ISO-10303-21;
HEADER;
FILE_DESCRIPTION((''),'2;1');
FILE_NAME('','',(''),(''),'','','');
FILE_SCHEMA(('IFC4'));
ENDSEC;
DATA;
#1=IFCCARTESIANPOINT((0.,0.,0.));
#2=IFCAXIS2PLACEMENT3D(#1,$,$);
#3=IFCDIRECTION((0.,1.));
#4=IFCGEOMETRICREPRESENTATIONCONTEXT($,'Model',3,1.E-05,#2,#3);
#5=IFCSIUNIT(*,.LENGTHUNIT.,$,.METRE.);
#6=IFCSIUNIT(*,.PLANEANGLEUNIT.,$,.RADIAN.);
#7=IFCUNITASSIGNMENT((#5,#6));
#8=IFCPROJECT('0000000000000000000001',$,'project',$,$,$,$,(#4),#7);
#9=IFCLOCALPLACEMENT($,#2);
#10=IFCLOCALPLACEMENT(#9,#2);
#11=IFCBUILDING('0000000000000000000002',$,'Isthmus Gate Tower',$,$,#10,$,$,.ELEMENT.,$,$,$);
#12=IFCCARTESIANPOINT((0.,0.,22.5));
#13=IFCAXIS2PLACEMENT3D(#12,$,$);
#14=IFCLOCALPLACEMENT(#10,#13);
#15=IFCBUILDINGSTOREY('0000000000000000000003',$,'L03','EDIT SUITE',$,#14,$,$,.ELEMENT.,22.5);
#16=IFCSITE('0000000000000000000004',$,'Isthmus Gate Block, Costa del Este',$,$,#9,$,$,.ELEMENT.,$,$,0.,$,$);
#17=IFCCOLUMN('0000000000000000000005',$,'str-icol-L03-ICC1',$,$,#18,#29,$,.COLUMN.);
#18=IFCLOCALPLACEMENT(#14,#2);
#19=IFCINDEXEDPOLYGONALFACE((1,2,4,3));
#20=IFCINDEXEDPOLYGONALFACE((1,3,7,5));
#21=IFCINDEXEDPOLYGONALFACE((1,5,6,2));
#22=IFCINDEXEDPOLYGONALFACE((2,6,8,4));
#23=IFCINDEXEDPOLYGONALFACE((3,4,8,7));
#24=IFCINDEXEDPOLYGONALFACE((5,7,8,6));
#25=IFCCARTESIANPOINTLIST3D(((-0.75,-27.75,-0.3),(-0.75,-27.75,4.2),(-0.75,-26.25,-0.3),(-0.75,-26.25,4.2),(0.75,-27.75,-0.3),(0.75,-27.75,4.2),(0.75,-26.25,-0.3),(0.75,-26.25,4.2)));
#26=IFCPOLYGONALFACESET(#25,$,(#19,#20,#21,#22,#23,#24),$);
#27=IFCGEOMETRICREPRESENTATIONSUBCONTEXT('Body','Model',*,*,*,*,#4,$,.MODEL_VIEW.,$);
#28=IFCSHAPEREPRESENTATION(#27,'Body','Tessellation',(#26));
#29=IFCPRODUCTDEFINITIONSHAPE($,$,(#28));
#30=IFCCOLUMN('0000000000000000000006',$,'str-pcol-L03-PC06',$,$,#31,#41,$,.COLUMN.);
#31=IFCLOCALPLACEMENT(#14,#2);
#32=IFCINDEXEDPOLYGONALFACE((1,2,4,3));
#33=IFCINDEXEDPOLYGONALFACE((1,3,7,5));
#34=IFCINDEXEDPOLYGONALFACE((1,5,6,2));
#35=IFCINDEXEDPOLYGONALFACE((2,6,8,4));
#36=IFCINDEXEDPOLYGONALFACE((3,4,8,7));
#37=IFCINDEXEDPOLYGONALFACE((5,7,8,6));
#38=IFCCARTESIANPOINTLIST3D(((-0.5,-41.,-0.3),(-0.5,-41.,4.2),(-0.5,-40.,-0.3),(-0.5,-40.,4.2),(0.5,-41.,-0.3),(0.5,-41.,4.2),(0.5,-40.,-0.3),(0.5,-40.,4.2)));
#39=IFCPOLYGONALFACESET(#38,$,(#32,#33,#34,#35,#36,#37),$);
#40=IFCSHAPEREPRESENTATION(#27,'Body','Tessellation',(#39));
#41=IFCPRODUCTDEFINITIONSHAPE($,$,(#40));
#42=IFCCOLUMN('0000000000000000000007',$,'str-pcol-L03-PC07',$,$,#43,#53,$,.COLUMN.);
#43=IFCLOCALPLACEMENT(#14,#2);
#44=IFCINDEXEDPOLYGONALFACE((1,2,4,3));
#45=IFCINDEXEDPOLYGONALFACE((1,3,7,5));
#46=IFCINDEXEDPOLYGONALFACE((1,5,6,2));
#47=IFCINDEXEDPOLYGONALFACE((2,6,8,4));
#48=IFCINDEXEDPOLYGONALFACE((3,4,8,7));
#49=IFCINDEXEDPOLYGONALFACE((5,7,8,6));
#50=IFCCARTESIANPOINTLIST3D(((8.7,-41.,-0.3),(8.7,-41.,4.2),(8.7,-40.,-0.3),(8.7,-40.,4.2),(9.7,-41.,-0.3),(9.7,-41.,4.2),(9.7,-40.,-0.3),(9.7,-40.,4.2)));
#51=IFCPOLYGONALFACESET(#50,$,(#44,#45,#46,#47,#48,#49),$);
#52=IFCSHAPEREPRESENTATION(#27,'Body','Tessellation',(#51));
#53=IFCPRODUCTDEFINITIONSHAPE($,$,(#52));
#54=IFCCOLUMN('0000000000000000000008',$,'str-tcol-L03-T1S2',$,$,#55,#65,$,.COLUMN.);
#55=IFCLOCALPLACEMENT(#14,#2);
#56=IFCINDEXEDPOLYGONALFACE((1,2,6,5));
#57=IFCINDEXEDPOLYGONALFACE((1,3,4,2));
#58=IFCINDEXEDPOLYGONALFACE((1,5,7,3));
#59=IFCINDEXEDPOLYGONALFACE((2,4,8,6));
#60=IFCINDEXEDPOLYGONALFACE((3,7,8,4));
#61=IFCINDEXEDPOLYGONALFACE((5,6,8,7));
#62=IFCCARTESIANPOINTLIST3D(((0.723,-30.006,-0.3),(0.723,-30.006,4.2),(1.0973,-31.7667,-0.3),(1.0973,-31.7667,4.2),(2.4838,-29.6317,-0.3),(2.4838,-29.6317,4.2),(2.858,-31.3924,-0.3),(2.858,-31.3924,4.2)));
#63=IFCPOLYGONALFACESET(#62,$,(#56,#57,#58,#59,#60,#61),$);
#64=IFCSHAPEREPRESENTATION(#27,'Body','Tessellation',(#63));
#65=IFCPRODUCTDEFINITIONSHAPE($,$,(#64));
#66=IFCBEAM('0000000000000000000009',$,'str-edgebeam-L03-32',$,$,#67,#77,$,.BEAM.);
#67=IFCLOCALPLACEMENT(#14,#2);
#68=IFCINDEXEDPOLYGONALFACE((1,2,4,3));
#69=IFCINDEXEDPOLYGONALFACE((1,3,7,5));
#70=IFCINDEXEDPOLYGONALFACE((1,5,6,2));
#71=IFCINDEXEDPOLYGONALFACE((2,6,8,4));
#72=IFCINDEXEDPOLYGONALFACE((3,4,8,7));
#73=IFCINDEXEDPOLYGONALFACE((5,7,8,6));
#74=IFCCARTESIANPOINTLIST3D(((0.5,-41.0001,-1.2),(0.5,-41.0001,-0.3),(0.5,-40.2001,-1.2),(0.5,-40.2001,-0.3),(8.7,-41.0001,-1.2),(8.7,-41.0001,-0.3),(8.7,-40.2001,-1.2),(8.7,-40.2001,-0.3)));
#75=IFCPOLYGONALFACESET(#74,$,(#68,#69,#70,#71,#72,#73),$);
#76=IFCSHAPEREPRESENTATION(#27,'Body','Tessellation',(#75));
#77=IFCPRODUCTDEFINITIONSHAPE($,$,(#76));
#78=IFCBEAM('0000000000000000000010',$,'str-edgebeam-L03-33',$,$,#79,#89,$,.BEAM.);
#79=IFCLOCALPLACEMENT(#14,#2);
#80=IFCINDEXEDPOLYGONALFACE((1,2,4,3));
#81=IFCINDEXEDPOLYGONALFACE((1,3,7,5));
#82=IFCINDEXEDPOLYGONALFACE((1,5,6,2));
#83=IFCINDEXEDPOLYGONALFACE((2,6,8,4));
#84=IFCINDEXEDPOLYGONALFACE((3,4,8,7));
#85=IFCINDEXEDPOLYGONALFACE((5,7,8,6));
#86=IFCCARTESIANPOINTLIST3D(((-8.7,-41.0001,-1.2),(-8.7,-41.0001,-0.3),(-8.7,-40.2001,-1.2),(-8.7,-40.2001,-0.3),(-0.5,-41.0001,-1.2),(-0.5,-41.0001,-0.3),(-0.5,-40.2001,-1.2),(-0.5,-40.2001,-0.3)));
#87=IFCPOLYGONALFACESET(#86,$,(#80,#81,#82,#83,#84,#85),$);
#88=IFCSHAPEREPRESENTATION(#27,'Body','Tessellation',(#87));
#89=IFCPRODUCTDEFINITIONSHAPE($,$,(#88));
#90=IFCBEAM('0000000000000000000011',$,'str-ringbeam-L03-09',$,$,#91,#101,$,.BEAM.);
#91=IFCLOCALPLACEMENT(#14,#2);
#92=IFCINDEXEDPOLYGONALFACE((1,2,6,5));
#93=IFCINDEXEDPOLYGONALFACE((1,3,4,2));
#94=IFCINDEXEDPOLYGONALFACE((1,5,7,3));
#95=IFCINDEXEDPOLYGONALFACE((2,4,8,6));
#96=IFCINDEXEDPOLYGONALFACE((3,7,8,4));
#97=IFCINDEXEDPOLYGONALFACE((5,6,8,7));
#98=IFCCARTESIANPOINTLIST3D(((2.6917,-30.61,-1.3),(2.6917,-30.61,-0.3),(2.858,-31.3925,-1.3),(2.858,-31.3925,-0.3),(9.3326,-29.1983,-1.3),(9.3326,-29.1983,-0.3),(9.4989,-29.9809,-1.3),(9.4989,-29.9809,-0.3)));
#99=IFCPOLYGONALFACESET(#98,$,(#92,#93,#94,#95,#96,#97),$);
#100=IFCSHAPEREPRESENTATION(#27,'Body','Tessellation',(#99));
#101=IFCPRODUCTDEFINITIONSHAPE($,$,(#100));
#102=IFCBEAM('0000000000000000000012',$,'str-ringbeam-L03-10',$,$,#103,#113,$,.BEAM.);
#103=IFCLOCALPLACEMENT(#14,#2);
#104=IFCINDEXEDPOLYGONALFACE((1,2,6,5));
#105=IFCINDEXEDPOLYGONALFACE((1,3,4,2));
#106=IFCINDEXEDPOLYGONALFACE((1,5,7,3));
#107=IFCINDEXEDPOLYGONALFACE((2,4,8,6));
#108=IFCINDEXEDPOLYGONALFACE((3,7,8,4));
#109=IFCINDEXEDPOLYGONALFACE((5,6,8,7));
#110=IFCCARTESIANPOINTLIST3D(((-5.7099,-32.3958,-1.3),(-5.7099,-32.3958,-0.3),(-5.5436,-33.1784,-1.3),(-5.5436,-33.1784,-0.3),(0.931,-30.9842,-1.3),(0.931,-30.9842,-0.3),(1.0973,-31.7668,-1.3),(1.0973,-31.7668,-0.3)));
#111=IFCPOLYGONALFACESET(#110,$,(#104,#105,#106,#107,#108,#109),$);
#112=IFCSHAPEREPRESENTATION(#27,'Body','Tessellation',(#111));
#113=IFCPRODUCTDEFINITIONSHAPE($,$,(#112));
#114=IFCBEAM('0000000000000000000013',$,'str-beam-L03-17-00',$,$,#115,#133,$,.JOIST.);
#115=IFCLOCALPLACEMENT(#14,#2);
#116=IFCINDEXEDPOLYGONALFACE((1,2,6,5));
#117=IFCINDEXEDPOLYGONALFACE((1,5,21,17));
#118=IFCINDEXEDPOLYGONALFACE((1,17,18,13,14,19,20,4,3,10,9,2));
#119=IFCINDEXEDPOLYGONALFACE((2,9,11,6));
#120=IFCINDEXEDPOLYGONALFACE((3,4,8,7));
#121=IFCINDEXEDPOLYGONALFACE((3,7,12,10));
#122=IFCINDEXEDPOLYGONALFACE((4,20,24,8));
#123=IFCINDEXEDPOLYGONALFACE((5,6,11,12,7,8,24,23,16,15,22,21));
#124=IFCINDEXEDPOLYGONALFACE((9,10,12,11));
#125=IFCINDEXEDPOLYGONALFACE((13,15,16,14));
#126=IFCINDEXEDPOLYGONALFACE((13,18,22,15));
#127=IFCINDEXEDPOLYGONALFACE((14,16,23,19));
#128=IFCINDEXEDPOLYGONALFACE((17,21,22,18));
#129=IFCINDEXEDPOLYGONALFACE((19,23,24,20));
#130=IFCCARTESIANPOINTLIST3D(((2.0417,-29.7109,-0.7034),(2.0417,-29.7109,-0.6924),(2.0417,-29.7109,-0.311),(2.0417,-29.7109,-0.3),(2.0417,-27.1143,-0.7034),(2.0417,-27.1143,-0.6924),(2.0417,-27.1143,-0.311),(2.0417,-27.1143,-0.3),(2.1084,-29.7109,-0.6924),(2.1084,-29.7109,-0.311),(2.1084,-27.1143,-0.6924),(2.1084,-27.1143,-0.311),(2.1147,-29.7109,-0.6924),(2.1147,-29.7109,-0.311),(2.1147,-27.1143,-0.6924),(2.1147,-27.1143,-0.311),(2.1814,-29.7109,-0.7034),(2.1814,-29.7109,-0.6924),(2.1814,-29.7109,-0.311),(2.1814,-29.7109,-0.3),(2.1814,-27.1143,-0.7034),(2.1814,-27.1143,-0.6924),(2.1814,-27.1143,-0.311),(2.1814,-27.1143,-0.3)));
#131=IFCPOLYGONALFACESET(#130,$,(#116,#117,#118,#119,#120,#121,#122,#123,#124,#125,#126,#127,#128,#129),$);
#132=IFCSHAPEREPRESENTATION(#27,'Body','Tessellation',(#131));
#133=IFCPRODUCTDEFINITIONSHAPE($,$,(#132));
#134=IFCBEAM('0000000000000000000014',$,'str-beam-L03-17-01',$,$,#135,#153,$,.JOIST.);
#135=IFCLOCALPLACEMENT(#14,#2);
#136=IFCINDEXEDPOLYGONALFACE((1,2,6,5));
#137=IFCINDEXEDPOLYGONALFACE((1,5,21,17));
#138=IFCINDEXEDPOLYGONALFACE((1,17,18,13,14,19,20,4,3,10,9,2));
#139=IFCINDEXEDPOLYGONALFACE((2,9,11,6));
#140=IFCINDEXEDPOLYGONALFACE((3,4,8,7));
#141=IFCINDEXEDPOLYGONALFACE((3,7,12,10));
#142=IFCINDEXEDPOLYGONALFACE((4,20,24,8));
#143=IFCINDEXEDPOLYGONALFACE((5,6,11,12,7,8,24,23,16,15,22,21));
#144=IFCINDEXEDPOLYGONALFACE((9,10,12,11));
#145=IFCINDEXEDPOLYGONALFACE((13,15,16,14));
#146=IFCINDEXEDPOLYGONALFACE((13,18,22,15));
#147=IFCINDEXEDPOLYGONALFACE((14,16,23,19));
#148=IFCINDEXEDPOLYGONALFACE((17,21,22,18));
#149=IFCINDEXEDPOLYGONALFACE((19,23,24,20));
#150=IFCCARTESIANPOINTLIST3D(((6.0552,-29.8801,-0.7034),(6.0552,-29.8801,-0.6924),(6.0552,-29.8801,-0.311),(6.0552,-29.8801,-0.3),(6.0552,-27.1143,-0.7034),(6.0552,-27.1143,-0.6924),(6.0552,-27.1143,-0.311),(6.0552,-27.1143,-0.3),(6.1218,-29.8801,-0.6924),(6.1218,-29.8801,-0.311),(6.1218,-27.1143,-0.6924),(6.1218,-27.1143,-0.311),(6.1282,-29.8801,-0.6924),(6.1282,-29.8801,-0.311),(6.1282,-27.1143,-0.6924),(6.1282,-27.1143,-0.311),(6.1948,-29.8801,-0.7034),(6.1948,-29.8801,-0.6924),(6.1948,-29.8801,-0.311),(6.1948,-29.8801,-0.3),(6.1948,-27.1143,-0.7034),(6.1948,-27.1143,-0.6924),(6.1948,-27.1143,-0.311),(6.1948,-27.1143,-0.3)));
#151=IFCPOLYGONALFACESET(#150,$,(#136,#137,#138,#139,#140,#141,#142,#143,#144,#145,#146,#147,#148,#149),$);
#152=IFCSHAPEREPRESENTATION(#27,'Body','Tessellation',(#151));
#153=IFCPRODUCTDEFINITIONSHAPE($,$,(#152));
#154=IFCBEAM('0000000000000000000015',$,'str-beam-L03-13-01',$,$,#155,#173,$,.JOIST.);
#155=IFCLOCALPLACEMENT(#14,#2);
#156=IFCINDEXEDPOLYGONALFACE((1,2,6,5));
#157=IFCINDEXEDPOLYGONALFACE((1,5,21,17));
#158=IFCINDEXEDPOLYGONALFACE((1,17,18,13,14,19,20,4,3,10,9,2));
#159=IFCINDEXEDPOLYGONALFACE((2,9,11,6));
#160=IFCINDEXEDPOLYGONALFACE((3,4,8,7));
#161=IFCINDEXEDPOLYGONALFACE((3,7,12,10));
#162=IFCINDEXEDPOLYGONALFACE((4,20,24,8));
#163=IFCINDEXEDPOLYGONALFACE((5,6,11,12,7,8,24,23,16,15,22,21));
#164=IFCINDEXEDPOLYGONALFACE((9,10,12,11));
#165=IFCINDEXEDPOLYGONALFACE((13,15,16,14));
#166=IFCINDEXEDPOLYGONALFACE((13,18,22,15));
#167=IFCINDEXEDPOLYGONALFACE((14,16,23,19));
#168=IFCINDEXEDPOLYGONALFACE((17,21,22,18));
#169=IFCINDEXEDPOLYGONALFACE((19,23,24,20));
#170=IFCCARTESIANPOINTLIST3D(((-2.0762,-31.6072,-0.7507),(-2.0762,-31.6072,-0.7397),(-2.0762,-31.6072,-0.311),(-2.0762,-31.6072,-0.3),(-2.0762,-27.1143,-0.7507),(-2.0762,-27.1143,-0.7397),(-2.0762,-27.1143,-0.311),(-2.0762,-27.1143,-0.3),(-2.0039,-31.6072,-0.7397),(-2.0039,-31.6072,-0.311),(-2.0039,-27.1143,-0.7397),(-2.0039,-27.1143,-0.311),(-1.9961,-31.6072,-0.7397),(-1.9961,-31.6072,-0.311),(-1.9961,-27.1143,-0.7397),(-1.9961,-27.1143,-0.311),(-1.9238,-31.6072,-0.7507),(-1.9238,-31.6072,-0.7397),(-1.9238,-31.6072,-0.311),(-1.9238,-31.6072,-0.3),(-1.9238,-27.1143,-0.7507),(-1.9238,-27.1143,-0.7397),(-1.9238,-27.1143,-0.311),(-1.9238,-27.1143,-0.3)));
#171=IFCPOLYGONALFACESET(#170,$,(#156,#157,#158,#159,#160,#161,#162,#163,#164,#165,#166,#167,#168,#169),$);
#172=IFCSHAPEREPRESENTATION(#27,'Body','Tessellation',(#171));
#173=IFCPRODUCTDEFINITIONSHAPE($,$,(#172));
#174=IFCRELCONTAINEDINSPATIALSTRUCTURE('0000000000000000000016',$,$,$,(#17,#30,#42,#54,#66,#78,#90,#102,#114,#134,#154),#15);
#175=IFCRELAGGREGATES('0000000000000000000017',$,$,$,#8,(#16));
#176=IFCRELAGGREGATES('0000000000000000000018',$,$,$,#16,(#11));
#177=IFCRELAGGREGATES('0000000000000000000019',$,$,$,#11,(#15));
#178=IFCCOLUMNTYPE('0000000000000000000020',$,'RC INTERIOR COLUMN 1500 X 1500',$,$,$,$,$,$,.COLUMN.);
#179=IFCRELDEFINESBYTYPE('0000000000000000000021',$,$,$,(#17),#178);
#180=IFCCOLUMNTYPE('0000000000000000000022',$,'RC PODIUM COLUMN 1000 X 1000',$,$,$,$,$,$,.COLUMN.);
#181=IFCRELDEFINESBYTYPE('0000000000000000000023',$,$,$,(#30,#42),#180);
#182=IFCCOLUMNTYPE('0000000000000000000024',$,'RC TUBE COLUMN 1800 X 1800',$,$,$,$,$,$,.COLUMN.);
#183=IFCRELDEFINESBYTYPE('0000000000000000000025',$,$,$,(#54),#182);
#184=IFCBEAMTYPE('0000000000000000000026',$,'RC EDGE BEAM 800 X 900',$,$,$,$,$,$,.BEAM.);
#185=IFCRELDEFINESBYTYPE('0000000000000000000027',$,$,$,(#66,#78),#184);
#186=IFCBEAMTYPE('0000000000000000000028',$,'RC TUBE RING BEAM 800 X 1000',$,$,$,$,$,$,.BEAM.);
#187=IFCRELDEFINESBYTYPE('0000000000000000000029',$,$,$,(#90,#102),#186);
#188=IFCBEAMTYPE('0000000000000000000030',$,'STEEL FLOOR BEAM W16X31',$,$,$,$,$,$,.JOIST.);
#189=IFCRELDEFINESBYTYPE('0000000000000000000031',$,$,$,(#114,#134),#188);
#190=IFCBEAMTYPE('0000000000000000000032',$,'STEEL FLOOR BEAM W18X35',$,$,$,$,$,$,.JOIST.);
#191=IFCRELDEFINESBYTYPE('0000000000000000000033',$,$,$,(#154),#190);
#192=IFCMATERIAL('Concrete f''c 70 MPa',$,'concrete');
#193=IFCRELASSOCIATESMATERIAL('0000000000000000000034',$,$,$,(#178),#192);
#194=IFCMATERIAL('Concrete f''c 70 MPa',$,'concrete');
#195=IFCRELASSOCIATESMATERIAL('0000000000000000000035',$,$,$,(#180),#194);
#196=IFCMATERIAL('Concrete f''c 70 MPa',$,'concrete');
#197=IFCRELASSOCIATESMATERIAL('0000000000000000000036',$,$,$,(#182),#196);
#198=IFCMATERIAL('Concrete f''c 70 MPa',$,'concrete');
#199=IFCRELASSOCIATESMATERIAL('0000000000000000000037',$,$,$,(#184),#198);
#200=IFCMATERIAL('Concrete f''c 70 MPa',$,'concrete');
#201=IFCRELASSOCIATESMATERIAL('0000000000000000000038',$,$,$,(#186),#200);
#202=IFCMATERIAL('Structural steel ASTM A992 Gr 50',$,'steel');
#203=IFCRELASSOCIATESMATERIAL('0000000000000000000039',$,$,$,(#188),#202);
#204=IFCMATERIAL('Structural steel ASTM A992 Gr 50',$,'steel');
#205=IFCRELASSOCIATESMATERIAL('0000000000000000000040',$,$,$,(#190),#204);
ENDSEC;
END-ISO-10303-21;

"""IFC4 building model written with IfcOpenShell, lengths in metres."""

from ifc_helpers import new_model, si_unit, direction, frame, origin, origin_2d, place, context, subcontext, project, spatial, rectangle, i_section, extrude, material, material_profile, profile_set, type_object, element, save


model = new_model("IFC4")

# Units and contexts
model_context = context("Model", 3, precision=1e-05, world=origin(), true_north=direction((0.0, 1.0)))
body_context = subcontext(model_context, "Body", "Model", "MODEL_VIEW")
ifc_project = project(units=[si_unit("LENGTHUNIT", "METRE"), si_unit("PLANEANGLEUNIT", "RADIAN")], contexts=[model_context])

# Site, building, storey
site_placement = place(None, origin())
site = spatial("IfcSite", under=ifc_project, at=site_placement, Name="Isthmus Gate Block, Costa del Este", CompositionType="ELEMENT", RefElevation=0.0)
building_placement = place(site_placement, origin())
building = spatial("IfcBuilding", under=site, at=building_placement, Name="Isthmus Gate Tower", CompositionType="ELEMENT")
storey_placement = place(building_placement, frame((0.0, 0.0, 22.5)))
storey = spatial("IfcBuildingStorey", under=building, at=storey_placement, Name="L03", Description="EDIT SUITE", CompositionType="ELEMENT", Elevation=22.5)

# Columns
ifc_material_1 = material(Name="Concrete f'c 70 MPa", Category="concrete")
ifc_material_profile_1 = material_profile(ifc_material_1, rectangle(XDim=1.5, YDim=1.5, at=origin_2d()), Name="RC 1500X1500")
ifc_profile_set_1 = profile_set([ifc_material_profile_1], Name="Concrete f'c 70 MPa")
column_type_1 = type_object("IfcColumnType", Name="RC INTERIOR COLUMN 1500 X 1500", PredefinedType="COLUMN", material=ifc_profile_set_1)
column_1_placement = place(storey_placement, frame((0.0, -27.0, -0.3), z_axis=(0.0, 0.0, 1.0), x_axis=(1.0, 0.0, 0.0)))
element("IfcColumn", 1, at=column_1_placement, inside=storey, type_object=column_type_1, Name="str-icol-L03-ICC1", PredefinedType="COLUMN", context=body_context, shape_type="SweptSolid", body=[
    extrude(rectangle(XDim=1.5, YDim=1.5, at=origin_2d()), origin(), (0.0, 0.0, 1.0), 4.5),
])
ifc_material_2 = material(Name="Concrete f'c 70 MPa", Category="concrete")
ifc_material_profile_2 = material_profile(ifc_material_2, rectangle(XDim=1.0, YDim=1.0, at=origin_2d()), Name="RC 1000X1000")
ifc_profile_set_2 = profile_set([ifc_material_profile_2], Name="Concrete f'c 70 MPa")
column_type_2 = type_object("IfcColumnType", Name="RC PODIUM COLUMN 1000 X 1000", PredefinedType="COLUMN", material=ifc_profile_set_2)
for number, where, z_axis, x_axis, name in (
    (2, (0.0, -40.5, -0.3), (0.0, 0.0, 1.0), (1.0, 0.0, 0.0), "str-pcol-L03-PC06"),
    (3, (9.2, -40.5, -0.3), (0.0, 0.0, 1.0), (1.0, 0.0, 0.0), "str-pcol-L03-PC07"),
):
    element("IfcColumn", number, at=place(storey_placement, frame(where, z_axis=z_axis, x_axis=x_axis)), inside=storey, type_object=column_type_2, Name=name, PredefinedType="COLUMN", context=body_context, shape_type="SweptSolid", body=[
        extrude(rectangle(XDim=1.0, YDim=1.0, at=origin_2d()), origin(), (0.0, 0.0, 1.0), 4.5),
    ])
ifc_material_3 = material(Name="Concrete f'c 70 MPa", Category="concrete")
ifc_material_profile_3 = material_profile(ifc_material_3, rectangle(XDim=1.8, YDim=1.8, at=origin_2d()), Name="RC 1800X1800")
ifc_profile_set_3 = profile_set([ifc_material_profile_3], Name="Concrete f'c 70 MPa")
column_type_3 = type_object("IfcColumnType", Name="RC TUBE COLUMN 1800 X 1800", PredefinedType="COLUMN", material=ifc_profile_set_3)
column_2_placement = place(storey_placement, frame((1.7905, -30.6992, -0.3), z_axis=(0.0, 0.0, 1.0), x_axis=(0.978148, 0.207912, 0.0)))
element("IfcColumn", 4, at=column_2_placement, inside=storey, type_object=column_type_3, Name="str-tcol-L03-T1S2", PredefinedType="COLUMN", context=body_context, shape_type="SweptSolid", body=[
    extrude(rectangle(XDim=1.8, YDim=1.8, at=origin_2d()), origin(), (0.0, 0.0, 1.0), 4.5),
])

# Beams
ifc_material_4 = material(Name="Concrete f'c 70 MPa", Category="concrete")
ifc_material_profile_4 = material_profile(ifc_material_4, rectangle(XDim=0.8, YDim=0.8999, at=origin_2d()), Name="RC 800X900")
ifc_profile_set_4 = profile_set([ifc_material_profile_4], Name="Concrete f'c 70 MPa")
beam_type_1 = type_object("IfcBeamType", Name="RC EDGE BEAM 800 X 900", PredefinedType="BEAM", material=ifc_profile_set_4)
for number, where, z_axis, x_axis, name in (
    (5, (8.7, -40.6001, -0.75), (-1.0, 0.0, 0.0), (0.0, -1.0, 0.0), "str-edgebeam-L03-32"),
    (6, (-0.5, -40.6001, -0.75), (-1.0, 0.0, 0.0), (0.0, -1.0, 0.0), "str-edgebeam-L03-33"),
):
    element("IfcBeam", number, at=place(storey_placement, frame(where, z_axis=z_axis, x_axis=x_axis)), inside=storey, type_object=beam_type_1, Name=name, PredefinedType="BEAM", context=body_context, shape_type="SweptSolid", body=[
        extrude(rectangle(XDim=0.8, YDim=0.8999, at=origin_2d()), origin(), (0.0, 0.0, 1.0), 8.2),
    ])
ifc_material_5 = material(Name="Concrete f'c 70 MPa", Category="concrete")
ifc_material_profile_5 = material_profile(ifc_material_5, rectangle(XDim=0.8, YDim=1.0, at=origin_2d()), Name="RC 800X1000")
ifc_profile_set_5 = profile_set([ifc_material_profile_5], Name="Concrete f'c 70 MPa")
beam_type_2 = type_object("IfcBeamType", Name="RC TUBE RING BEAM 800 X 1000", PredefinedType="BEAM", material=ifc_profile_set_5)
for number, where, z_axis, x_axis, name in (
    (7, (9.4158, -29.5896, -0.8), (-0.978146, -0.20792, 0.0), (0.20792, -0.978146, 0.0), "str-ringbeam-L03-09"),
    (8, (1.0142, -31.3755, -0.8), (-0.978146, -0.20792, 0.0), (0.20792, -0.978146, 0.0), "str-ringbeam-L03-10"),
):
    element("IfcBeam", number, at=place(storey_placement, frame(where, z_axis=z_axis, x_axis=x_axis)), inside=storey, type_object=beam_type_2, Name=name, PredefinedType="BEAM", context=body_context, shape_type="SweptSolid", body=[
        extrude(rectangle(XDim=0.8, YDim=1.0, at=origin_2d()), origin(), (0.0, 0.0, 1.0), 6.7893),
    ])
ifc_material_6 = material(Name="Structural steel ASTM A992 Gr 50", Category="steel")
ifc_material_profile_6 = material_profile(ifc_material_6, i_section(OverallWidth=0.1396, OverallDepth=0.4033, WebThickness=0.0063, FlangeThickness=0.011, at=origin_2d()), Name="W16X31")
ifc_profile_set_6 = profile_set([ifc_material_profile_6], Name="Structural steel ASTM A992 Gr 50")
beam_type_3 = type_object("IfcBeamType", Name="STEEL FLOOR BEAM W16X31", PredefinedType="JOIST", material=ifc_profile_set_6)
beam_1_placement = place(storey_placement, frame((2.1116, -29.7109, -0.5017), z_axis=(0.0, 1.0, 0.0), x_axis=(-1.0, 0.0, 0.0)))
element("IfcBeam", 9, at=beam_1_placement, inside=storey, type_object=beam_type_3, Name="str-beam-L03-17-00", PredefinedType="JOIST", context=body_context, shape_type="SweptSolid", body=[
    extrude(i_section(OverallWidth=0.1396, OverallDepth=0.4033, WebThickness=0.0063, FlangeThickness=0.011, at=origin_2d()), origin(), (0.0, 0.0, 1.0), 2.5967),
])
beam_2_placement = place(storey_placement, frame((6.125, -29.8801, -0.5017), z_axis=(0.0, 1.0, 0.0), x_axis=(-1.0, 0.0, 0.0)))
element("IfcBeam", 10, at=beam_2_placement, inside=storey, type_object=beam_type_3, Name="str-beam-L03-17-01", PredefinedType="JOIST", context=body_context, shape_type="SweptSolid", body=[
    extrude(i_section(OverallWidth=0.1396, OverallDepth=0.4033, WebThickness=0.0063, FlangeThickness=0.011, at=origin_2d()), origin(), (0.0, 0.0, 1.0), 2.7659),
])
ifc_material_7 = material(Name="Structural steel ASTM A992 Gr 50", Category="steel")
ifc_material_profile_7 = material_profile(ifc_material_7, i_section(OverallWidth=0.1523, OverallDepth=0.4507, WebThickness=0.0078, FlangeThickness=0.011, at=origin_2d()), Name="W18X35")
ifc_profile_set_7 = profile_set([ifc_material_profile_7], Name="Structural steel ASTM A992 Gr 50")
beam_type_4 = type_object("IfcBeamType", Name="STEEL FLOOR BEAM W18X35", PredefinedType="JOIST", material=ifc_profile_set_7)
beam_3_placement = place(storey_placement, frame((-2.0, -31.6072, -0.5254), z_axis=(0.0, 1.0, 0.0), x_axis=(-1.0, 0.0, 0.0)))
element("IfcBeam", 11, at=beam_3_placement, inside=storey, type_object=beam_type_4, Name="str-beam-L03-13-01", PredefinedType="JOIST", context=body_context, shape_type="SweptSolid", body=[
    extrude(i_section(OverallWidth=0.1523, OverallDepth=0.4507, WebThickness=0.0078, FlangeThickness=0.011, at=origin_2d()), origin(), (0.0, 0.0, 1.0), 4.4929),
])

save(model, "model.ifc")
